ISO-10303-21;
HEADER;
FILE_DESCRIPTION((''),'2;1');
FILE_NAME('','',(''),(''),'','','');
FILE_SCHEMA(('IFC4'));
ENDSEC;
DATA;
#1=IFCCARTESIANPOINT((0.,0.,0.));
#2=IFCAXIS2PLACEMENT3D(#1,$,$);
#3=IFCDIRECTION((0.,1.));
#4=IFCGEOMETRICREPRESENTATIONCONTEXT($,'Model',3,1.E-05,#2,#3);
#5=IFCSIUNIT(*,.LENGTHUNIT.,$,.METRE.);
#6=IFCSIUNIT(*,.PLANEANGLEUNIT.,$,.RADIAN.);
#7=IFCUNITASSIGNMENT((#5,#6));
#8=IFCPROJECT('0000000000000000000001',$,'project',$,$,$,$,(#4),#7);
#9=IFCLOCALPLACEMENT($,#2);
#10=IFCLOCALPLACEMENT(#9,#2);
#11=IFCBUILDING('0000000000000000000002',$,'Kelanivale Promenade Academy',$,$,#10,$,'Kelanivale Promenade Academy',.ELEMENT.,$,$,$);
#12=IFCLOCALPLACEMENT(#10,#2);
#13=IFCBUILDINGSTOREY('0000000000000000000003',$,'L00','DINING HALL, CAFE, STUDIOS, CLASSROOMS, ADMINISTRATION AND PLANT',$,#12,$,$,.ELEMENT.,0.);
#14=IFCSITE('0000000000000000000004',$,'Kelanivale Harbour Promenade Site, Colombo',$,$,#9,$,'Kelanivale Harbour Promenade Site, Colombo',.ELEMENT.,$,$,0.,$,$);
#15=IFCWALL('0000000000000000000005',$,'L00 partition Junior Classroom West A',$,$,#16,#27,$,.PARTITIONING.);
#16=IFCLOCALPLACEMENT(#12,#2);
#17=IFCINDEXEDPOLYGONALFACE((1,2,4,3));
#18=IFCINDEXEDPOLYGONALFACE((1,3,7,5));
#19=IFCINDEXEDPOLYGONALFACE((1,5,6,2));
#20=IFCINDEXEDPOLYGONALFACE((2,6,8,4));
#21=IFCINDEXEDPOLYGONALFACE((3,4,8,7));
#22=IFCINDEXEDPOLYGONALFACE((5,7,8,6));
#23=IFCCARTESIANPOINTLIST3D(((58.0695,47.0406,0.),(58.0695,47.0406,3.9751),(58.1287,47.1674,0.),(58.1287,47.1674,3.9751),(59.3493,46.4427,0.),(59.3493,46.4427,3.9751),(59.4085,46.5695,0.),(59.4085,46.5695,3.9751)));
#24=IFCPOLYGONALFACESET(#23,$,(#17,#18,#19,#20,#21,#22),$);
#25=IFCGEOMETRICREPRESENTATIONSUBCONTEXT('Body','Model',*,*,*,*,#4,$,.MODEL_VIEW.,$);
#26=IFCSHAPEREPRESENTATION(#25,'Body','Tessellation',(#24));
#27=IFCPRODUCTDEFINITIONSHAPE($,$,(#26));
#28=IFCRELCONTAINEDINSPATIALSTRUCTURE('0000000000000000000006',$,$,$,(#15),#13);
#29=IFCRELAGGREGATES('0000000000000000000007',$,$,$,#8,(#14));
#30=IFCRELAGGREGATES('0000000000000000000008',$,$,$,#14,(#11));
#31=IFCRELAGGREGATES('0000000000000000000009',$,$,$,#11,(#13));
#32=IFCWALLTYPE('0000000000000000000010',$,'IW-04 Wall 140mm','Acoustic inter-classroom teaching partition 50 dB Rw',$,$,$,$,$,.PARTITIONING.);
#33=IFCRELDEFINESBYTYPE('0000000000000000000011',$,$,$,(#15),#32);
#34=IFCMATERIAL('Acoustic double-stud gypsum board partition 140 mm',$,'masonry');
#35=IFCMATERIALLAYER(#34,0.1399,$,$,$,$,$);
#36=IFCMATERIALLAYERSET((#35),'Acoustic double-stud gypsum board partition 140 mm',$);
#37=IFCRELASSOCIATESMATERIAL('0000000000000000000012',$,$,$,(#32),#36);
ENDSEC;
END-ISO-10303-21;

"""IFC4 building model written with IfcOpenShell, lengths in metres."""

from ifc_helpers import new_model, si_unit, direction, frame, frame_2d, origin, place, context, subcontext, project, spatial, rectangle, extrude, material, layer, layer_set, type_object, element, save


model = new_model("IFC4")

# Units and contexts
model_context = context("Model", 3, precision=1e-05, world=origin(), true_north=direction((0.0, 1.0)))
body_context = subcontext(model_context, "Body", "Model", "MODEL_VIEW")
ifc_project = project(units=[si_unit("LENGTHUNIT", "METRE"), si_unit("PLANEANGLEUNIT", "RADIAN")], contexts=[model_context])

# Site, building, storey
site_placement = place(None, origin())
site = spatial("IfcSite", under=ifc_project, at=site_placement, Name="Kelanivale Harbour Promenade Site, Colombo", LongName="Kelanivale Harbour Promenade Site, Colombo", CompositionType="ELEMENT", RefElevation=0.0)
building_placement = place(site_placement, origin())
building = spatial("IfcBuilding", under=site, at=building_placement, Name="Kelanivale Promenade Academy", LongName="Kelanivale Promenade Academy", CompositionType="ELEMENT")
storey_placement = place(building_placement, origin())
storey = spatial("IfcBuildingStorey", under=building, at=storey_placement, Name="L00", Description="DINING HALL, CAFE, STUDIOS, CLASSROOMS, ADMINISTRATION AND PLANT", CompositionType="ELEMENT", Elevation=0.0)

# Wall
ifc_material_1 = material(Name="Acoustic double-stud gypsum board partition 140 mm", Category="masonry")
ifc_layer_1 = layer(ifc_material_1, 0.1399)
ifc_layer_set_1 = layer_set([ifc_layer_1], Name="Acoustic double-stud gypsum board partition 140 mm")
wall_type = type_object("IfcWallType", Name="IW-04 Wall 140mm", Description="Acoustic inter-classroom teaching partition 50 dB Rw", PredefinedType="PARTITIONING", material=ifc_layer_set_1)
wall_placement = place(storey_placement, frame((59.3789, 46.5061, 0.0), z_axis=(0.0, 0.0, 1.0), x_axis=(-0.906002, 0.423273, 0.0)))
element("IfcWall", 1, at=wall_placement, inside=storey, type_object=wall_type, Name="L00 partition Junior Classroom West A", PredefinedType="PARTITIONING", context=body_context, shape_type="SweptSolid", body=[
    extrude(rectangle(XDim=1.4126, YDim=0.1399, at=frame_2d((0.7063, 0.0))), origin(), (0.0, 0.0, 1.0), 3.9751),
])

save(model, "model.ifc")
